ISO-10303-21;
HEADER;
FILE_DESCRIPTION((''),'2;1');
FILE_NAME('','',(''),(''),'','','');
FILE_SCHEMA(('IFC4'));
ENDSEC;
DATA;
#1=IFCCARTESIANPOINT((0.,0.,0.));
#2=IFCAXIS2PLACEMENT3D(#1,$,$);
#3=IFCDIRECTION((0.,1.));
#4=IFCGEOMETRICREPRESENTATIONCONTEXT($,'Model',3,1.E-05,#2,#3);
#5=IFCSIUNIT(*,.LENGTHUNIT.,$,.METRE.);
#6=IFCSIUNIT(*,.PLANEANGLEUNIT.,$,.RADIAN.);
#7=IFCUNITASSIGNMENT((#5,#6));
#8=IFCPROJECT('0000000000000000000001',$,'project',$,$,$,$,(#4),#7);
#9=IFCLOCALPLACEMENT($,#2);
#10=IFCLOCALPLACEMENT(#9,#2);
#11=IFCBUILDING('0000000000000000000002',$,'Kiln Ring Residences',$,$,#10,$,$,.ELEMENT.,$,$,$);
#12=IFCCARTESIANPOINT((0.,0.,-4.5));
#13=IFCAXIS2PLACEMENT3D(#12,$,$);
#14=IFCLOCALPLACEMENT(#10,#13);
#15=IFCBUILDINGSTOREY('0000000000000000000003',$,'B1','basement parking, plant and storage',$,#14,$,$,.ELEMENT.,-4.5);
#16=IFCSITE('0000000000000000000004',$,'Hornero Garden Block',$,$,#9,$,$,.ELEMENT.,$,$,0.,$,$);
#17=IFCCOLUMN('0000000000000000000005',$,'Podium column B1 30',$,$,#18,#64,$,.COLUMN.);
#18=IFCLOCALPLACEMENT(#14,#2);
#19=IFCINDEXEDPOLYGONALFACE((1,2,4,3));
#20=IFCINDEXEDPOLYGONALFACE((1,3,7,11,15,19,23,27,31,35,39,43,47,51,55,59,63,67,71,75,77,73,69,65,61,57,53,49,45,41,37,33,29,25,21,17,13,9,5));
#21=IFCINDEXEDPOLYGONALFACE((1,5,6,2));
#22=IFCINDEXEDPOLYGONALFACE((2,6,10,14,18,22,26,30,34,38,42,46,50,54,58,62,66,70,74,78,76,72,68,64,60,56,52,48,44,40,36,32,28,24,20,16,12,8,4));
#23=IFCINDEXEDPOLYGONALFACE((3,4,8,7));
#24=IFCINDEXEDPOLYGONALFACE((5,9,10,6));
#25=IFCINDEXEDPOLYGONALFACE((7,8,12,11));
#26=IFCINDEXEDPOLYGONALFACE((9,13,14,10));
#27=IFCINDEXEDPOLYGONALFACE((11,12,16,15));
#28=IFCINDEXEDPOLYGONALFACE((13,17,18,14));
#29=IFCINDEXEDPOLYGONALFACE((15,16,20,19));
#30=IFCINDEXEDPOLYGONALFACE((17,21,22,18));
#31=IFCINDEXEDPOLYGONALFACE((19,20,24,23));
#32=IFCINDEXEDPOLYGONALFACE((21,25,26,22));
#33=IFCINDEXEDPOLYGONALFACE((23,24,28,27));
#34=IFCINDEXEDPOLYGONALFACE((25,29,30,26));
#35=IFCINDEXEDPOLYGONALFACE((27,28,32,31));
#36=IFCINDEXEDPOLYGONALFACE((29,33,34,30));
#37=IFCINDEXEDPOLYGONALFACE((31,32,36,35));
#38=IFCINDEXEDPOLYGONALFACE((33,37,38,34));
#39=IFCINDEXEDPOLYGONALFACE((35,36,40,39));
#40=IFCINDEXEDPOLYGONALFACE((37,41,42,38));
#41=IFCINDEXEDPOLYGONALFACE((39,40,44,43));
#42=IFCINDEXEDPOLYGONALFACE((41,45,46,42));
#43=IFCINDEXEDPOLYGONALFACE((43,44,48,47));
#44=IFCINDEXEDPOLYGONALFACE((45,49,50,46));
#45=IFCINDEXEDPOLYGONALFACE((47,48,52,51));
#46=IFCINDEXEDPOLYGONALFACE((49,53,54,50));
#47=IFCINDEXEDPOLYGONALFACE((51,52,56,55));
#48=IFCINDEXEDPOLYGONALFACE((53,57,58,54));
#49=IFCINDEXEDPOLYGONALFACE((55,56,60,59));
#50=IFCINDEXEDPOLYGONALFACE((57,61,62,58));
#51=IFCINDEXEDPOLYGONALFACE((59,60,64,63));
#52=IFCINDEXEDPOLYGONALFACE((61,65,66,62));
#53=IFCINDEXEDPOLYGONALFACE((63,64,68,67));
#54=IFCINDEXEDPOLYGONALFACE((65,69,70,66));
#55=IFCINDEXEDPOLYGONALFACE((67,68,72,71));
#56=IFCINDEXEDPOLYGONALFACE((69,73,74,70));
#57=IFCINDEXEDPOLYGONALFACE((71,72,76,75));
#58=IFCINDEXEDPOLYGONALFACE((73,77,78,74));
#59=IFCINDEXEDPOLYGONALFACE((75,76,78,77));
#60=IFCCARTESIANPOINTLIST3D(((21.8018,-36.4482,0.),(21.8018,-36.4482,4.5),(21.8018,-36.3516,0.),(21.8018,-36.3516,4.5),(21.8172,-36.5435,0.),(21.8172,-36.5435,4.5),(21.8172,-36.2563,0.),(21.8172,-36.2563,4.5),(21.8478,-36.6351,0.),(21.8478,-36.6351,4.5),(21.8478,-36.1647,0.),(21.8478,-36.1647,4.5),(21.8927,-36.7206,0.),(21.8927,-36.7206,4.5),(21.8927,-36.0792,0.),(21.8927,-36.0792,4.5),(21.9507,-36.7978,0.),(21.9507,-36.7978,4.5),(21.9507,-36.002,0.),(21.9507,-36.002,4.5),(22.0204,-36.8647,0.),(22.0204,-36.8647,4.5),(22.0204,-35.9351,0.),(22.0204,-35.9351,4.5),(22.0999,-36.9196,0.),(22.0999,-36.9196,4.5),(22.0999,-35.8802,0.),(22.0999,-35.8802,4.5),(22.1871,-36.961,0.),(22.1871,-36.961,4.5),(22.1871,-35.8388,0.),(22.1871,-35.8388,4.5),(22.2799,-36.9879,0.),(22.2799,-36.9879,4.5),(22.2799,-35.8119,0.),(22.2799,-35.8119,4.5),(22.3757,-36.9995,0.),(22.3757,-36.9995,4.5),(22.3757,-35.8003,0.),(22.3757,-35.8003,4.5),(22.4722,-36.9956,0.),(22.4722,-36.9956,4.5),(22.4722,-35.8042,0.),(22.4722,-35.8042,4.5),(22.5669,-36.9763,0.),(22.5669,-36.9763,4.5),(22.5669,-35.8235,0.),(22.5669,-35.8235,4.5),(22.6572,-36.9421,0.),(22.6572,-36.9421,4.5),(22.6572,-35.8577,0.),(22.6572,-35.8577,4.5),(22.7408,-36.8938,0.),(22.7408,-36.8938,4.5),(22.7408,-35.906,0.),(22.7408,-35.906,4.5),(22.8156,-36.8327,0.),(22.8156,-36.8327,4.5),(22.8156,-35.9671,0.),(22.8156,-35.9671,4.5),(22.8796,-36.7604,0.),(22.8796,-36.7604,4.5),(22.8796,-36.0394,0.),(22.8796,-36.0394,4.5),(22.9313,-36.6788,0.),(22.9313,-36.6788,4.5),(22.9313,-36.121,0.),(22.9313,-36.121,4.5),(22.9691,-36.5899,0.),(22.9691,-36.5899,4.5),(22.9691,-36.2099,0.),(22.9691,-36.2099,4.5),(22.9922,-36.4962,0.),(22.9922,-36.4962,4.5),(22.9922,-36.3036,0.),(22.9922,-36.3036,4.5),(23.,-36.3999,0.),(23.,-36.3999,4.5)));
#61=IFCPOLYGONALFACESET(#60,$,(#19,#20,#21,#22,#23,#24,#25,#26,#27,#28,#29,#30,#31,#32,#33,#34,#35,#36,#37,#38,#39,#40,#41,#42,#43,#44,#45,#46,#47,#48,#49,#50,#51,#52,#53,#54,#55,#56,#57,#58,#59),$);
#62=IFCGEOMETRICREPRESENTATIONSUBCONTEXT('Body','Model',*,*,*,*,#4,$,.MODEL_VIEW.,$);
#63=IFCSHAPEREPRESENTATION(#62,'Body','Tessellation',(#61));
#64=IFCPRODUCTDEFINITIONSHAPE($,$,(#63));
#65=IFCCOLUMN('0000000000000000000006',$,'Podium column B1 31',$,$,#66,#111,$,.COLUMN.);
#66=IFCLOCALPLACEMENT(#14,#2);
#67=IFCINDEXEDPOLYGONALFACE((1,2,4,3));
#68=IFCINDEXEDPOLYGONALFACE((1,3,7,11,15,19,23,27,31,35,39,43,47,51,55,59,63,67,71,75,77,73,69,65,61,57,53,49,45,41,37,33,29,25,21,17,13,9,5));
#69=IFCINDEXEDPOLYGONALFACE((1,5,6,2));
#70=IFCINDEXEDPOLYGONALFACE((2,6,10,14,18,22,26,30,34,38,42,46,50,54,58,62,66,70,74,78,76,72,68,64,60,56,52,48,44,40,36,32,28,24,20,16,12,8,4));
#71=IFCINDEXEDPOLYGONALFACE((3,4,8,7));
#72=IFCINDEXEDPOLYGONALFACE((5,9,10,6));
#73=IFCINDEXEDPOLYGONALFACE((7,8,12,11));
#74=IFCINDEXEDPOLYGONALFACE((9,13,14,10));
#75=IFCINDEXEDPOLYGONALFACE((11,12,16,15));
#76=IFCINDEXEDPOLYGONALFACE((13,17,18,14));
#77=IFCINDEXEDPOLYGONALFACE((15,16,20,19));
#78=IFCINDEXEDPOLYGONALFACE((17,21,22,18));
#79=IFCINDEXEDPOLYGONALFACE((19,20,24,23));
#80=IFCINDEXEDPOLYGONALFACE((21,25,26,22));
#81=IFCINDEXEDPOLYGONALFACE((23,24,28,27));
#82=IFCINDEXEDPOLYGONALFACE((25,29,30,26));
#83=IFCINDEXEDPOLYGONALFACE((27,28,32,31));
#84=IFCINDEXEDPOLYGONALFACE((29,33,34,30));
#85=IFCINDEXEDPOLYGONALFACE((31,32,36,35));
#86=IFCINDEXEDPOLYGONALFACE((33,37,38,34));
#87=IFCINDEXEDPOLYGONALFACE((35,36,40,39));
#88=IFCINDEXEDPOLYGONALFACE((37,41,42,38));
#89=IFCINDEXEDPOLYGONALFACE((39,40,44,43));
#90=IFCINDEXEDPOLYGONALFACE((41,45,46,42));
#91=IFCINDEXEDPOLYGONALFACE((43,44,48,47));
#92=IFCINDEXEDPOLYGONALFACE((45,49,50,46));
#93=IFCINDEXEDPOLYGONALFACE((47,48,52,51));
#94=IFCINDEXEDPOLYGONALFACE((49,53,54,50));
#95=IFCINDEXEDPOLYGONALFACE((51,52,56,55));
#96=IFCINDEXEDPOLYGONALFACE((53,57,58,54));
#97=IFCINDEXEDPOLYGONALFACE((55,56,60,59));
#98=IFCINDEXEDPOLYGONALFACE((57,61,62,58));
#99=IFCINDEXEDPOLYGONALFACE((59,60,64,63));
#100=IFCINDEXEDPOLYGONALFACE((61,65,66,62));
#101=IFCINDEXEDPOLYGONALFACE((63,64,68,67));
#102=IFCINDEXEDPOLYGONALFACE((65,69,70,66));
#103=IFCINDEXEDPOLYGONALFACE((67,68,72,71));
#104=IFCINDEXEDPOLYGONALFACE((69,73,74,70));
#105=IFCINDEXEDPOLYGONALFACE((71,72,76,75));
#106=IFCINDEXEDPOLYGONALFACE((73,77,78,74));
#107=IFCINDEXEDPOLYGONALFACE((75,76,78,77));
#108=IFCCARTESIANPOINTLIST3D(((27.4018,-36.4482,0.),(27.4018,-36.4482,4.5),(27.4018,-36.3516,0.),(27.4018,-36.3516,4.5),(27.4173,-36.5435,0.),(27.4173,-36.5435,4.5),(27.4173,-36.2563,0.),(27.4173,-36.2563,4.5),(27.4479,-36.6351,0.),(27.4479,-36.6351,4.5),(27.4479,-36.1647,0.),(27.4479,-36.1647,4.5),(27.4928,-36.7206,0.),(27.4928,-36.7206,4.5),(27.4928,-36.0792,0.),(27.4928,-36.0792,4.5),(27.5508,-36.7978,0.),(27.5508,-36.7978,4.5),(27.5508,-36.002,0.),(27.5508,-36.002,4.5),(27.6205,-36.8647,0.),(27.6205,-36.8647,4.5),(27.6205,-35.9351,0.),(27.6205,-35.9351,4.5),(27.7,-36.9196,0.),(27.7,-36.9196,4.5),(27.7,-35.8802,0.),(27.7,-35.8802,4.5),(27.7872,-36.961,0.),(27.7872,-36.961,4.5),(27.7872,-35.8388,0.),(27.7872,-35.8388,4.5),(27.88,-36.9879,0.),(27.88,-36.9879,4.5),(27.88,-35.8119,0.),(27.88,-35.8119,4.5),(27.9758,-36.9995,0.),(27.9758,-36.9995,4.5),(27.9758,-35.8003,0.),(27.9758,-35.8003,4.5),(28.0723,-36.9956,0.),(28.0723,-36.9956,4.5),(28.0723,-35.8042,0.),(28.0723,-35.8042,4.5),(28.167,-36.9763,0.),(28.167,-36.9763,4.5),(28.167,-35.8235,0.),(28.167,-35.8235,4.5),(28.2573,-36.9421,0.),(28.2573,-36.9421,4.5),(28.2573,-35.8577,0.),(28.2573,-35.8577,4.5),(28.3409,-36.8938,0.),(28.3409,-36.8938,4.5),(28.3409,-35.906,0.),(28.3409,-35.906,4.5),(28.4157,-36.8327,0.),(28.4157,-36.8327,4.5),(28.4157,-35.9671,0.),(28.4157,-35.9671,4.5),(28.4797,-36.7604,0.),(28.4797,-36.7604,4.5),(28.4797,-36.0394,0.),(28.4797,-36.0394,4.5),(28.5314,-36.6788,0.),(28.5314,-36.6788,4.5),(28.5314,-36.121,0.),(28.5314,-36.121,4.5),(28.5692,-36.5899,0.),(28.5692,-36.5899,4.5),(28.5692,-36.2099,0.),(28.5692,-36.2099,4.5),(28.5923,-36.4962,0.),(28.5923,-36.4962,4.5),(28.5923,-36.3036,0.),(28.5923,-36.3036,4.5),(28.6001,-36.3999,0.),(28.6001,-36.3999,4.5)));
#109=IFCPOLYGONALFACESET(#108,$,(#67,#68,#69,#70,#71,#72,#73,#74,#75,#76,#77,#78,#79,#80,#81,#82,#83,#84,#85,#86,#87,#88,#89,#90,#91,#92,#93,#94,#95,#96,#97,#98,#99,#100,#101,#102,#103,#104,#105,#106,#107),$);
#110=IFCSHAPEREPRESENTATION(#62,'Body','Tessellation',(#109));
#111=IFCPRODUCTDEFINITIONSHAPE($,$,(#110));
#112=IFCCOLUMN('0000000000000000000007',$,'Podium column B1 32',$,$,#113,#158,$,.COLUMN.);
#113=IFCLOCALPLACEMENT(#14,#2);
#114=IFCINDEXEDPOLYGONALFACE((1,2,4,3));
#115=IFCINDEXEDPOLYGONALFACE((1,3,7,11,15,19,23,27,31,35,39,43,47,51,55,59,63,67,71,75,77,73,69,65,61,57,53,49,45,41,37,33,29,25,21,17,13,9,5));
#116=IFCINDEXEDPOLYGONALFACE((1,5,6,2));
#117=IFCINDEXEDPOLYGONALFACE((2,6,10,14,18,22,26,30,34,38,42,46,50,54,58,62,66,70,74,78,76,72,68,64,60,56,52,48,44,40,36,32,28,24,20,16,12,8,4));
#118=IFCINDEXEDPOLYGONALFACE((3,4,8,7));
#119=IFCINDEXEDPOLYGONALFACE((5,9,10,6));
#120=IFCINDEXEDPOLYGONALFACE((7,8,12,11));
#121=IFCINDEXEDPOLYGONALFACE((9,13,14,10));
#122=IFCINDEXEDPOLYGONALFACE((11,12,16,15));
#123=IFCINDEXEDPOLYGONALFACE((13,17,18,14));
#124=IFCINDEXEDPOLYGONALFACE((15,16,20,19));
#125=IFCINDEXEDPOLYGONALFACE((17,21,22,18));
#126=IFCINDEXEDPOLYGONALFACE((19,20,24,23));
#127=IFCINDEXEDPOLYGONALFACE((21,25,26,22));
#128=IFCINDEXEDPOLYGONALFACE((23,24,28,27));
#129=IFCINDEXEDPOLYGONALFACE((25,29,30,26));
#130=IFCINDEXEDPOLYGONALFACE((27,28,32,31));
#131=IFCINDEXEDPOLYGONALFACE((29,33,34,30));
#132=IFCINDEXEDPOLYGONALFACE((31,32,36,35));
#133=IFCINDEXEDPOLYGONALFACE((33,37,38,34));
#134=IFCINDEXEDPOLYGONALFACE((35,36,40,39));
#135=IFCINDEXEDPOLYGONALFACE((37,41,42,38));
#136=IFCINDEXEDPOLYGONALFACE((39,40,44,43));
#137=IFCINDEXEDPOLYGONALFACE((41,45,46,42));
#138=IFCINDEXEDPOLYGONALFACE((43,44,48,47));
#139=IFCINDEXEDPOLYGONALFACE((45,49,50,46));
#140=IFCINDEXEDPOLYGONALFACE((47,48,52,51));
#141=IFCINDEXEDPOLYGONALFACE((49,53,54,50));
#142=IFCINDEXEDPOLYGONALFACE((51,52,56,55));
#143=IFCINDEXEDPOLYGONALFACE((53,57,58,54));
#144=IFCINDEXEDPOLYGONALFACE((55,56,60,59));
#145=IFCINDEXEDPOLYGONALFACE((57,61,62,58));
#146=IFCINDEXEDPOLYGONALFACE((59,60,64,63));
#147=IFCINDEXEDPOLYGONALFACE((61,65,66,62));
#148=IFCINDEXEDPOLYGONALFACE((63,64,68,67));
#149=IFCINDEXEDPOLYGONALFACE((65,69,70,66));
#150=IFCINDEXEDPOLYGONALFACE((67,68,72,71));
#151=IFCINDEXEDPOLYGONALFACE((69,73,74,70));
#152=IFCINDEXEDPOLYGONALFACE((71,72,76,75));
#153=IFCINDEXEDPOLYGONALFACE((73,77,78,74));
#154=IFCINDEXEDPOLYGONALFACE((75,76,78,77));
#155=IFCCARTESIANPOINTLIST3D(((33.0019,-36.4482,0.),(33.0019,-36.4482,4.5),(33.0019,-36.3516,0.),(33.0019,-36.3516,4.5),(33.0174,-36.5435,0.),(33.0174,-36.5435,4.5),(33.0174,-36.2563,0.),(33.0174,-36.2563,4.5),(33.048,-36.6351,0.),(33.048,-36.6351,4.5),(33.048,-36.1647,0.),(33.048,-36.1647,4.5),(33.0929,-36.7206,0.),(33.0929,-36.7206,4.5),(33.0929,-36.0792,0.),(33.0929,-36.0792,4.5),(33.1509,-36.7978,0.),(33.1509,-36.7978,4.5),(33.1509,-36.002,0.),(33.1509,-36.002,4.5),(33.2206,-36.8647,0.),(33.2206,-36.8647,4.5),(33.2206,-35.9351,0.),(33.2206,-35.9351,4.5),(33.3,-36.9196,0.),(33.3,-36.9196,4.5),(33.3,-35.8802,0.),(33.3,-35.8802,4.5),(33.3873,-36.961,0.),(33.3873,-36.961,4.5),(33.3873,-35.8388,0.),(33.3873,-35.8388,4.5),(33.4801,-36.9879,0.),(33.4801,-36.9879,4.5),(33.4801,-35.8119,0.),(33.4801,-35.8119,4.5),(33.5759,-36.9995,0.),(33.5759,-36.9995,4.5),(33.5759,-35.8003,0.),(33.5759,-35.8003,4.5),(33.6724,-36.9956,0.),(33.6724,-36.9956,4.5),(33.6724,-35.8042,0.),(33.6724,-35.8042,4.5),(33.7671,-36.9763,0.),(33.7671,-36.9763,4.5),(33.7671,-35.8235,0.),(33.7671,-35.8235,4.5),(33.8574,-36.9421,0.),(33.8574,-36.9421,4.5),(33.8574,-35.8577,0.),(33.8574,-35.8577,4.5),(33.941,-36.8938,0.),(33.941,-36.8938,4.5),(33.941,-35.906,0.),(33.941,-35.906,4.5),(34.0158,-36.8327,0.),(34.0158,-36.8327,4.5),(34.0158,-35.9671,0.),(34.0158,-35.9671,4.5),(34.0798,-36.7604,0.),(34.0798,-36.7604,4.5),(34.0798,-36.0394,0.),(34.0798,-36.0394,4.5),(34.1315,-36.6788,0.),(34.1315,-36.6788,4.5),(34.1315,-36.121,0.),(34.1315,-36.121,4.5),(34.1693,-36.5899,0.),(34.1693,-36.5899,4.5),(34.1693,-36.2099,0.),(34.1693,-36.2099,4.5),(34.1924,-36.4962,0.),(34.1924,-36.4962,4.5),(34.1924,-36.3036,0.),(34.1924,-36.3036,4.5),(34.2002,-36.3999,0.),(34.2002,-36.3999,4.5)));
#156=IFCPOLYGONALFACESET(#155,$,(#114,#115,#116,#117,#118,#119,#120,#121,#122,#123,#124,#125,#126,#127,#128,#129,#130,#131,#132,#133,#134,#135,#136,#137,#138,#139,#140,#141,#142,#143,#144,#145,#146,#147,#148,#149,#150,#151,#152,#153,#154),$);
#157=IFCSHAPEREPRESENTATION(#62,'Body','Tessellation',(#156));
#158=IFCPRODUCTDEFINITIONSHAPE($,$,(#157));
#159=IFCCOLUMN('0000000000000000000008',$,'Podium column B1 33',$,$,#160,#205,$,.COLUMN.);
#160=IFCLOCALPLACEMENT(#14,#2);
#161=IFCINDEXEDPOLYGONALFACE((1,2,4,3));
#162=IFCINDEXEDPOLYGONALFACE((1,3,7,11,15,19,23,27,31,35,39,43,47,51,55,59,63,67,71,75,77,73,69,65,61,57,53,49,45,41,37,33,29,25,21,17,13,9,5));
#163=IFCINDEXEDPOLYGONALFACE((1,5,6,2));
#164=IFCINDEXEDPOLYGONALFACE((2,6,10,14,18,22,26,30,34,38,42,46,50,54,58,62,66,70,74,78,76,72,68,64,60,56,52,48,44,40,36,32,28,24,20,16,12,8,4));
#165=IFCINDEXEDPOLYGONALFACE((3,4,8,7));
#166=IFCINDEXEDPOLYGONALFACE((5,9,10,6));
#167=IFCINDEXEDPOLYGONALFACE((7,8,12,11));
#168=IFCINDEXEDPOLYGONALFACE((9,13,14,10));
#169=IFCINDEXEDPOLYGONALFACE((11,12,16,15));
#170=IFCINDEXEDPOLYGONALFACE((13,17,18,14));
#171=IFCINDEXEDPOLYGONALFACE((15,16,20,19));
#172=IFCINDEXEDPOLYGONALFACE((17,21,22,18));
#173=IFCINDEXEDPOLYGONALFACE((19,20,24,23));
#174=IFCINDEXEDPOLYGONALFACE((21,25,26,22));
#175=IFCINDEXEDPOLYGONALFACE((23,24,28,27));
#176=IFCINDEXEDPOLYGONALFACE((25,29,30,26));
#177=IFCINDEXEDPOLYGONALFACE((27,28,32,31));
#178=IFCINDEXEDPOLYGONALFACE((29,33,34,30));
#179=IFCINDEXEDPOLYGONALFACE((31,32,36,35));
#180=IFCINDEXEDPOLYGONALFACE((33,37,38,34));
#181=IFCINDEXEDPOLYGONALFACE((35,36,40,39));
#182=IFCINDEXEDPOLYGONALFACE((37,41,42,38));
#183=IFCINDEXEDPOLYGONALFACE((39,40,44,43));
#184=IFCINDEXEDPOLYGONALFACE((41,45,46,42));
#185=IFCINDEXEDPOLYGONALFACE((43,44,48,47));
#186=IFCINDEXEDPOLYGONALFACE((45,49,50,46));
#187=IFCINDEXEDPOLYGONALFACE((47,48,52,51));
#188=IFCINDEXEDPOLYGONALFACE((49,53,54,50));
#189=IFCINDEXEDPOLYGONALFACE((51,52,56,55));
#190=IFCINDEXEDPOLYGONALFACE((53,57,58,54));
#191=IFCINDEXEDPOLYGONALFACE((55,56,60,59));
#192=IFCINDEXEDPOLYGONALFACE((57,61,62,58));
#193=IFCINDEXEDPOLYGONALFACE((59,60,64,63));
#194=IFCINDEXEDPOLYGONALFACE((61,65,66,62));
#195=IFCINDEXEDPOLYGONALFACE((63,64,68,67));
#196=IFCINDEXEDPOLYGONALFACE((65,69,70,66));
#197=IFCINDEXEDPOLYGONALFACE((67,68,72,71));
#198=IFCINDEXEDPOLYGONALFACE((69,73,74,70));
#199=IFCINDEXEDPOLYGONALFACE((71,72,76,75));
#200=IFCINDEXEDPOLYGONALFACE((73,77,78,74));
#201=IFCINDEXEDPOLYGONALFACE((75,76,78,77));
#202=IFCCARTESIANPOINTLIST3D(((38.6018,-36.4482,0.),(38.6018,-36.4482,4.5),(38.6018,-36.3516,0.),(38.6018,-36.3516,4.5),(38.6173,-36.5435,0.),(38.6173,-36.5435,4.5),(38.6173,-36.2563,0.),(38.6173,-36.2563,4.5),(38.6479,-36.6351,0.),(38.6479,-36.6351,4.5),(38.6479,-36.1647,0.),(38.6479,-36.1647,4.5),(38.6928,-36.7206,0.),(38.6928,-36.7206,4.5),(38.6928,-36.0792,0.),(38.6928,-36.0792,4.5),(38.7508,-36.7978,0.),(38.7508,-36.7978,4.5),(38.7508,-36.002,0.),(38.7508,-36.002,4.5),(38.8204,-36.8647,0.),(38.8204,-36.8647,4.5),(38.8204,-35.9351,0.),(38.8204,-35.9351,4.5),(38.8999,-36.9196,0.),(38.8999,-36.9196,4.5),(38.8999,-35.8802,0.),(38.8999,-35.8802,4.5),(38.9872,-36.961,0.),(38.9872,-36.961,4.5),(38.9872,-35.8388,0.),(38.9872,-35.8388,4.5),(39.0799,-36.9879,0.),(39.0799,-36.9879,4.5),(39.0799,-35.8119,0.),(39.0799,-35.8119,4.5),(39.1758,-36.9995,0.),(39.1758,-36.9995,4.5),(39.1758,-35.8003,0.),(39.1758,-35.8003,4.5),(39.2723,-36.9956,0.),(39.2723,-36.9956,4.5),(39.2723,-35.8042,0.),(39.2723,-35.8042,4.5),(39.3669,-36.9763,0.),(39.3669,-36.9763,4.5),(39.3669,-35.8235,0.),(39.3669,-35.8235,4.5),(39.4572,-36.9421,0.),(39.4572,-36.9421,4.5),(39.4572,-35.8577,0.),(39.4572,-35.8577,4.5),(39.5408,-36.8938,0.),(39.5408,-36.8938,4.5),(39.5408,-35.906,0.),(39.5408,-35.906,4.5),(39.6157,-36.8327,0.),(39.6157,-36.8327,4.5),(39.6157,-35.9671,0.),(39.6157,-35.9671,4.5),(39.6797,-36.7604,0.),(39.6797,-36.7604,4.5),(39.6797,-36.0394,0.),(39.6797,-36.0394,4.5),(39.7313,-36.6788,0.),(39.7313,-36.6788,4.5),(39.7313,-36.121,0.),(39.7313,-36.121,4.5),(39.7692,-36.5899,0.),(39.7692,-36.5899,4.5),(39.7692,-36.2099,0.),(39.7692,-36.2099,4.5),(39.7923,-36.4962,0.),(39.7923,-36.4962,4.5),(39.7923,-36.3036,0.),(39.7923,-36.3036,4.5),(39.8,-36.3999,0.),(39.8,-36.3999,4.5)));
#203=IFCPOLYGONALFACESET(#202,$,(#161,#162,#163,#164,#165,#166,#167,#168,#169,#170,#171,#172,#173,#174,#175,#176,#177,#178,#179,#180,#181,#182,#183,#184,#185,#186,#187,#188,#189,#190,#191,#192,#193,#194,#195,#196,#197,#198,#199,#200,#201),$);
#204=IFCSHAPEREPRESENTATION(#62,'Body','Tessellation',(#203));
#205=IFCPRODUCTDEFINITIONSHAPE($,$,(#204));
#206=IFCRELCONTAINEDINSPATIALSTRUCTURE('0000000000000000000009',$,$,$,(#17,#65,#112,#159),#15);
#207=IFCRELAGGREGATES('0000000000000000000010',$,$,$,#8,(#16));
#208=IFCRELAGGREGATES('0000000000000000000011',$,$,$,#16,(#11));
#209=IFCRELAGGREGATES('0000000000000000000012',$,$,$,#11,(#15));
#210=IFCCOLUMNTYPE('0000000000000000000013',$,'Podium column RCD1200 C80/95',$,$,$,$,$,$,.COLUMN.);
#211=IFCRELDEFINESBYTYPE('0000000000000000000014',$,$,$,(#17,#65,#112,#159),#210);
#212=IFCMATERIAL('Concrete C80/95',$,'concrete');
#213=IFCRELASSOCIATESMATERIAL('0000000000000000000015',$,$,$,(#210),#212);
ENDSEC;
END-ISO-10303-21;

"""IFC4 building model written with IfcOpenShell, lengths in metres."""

from ifc_helpers import new_model, si_unit, direction, frame, origin, origin_2d, place, context, subcontext, project, spatial, circle, extrude, material, material_profile, profile_set, type_object, element, save


model = new_model("IFC4")

# Units and contexts
model_context = context("Model", 3, precision=1e-05, world=origin(), true_north=direction((0.0, 1.0)))
body_context = subcontext(model_context, "Body", "Model", "MODEL_VIEW")
ifc_project = project(units=[si_unit("LENGTHUNIT", "METRE"), si_unit("PLANEANGLEUNIT", "RADIAN")], contexts=[model_context])

# Site, building, storey
site_placement = place(None, origin())
site = spatial("IfcSite", under=ifc_project, at=site_placement, Name="Hornero Garden Block", CompositionType="ELEMENT", RefElevation=0.0)
building_placement = place(site_placement, origin())
building = spatial("IfcBuilding", under=site, at=building_placement, Name="Kiln Ring Residences", CompositionType="ELEMENT")
storey_placement = place(building_placement, frame((0.0, 0.0, -4.5)))
storey = spatial("IfcBuildingStorey", under=building, at=storey_placement, Name="B1", Description="basement parking, plant and storage", CompositionType="ELEMENT", Elevation=-4.5)

# Columns
ifc_material_1 = material(Name="Concrete C80/95", Category="concrete")
ifc_material_profile_1 = material_profile(ifc_material_1, circle(Radius=0.6001, at=origin_2d()), Name="RCD1200")
ifc_profile_set_1 = profile_set([ifc_material_profile_1], Name="Concrete C80/95")
column_type = type_object("IfcColumnType", Name="Podium column RCD1200 C80/95", PredefinedType="COLUMN", material=ifc_profile_set_1)
for number, where, z_axis, x_axis, name in (
    (1, (22.3999, -36.3999, 0.0), (0.0, 0.0, 1.0), (1.0, 0.0, 0.0), "Podium column B1 30"),
    (2, (28.0, -36.3999, 0.0), (0.0, 0.0, 1.0), (1.0, 0.0, 0.0), "Podium column B1 31"),
    (3, (33.6001, -36.3999, 0.0), (0.0, 0.0, 1.0), (1.0, 0.0, 0.0), "Podium column B1 32"),
    (4, (39.2, -36.3999, 0.0), (0.0, 0.0, 1.0), (1.0, 0.0, 0.0), "Podium column B1 33"),
):
    element("IfcColumn", number, at=place(storey_placement, frame(where, z_axis=z_axis, x_axis=x_axis)), inside=storey, type_object=column_type, Name=name, PredefinedType="COLUMN", context=body_context, shape_type="SweptSolid", body=[
        extrude(circle(Radius=0.6001, at=origin_2d()), origin(), (0.0, 0.0, 1.0), 4.5),
    ])

save(model, "model.ifc")
